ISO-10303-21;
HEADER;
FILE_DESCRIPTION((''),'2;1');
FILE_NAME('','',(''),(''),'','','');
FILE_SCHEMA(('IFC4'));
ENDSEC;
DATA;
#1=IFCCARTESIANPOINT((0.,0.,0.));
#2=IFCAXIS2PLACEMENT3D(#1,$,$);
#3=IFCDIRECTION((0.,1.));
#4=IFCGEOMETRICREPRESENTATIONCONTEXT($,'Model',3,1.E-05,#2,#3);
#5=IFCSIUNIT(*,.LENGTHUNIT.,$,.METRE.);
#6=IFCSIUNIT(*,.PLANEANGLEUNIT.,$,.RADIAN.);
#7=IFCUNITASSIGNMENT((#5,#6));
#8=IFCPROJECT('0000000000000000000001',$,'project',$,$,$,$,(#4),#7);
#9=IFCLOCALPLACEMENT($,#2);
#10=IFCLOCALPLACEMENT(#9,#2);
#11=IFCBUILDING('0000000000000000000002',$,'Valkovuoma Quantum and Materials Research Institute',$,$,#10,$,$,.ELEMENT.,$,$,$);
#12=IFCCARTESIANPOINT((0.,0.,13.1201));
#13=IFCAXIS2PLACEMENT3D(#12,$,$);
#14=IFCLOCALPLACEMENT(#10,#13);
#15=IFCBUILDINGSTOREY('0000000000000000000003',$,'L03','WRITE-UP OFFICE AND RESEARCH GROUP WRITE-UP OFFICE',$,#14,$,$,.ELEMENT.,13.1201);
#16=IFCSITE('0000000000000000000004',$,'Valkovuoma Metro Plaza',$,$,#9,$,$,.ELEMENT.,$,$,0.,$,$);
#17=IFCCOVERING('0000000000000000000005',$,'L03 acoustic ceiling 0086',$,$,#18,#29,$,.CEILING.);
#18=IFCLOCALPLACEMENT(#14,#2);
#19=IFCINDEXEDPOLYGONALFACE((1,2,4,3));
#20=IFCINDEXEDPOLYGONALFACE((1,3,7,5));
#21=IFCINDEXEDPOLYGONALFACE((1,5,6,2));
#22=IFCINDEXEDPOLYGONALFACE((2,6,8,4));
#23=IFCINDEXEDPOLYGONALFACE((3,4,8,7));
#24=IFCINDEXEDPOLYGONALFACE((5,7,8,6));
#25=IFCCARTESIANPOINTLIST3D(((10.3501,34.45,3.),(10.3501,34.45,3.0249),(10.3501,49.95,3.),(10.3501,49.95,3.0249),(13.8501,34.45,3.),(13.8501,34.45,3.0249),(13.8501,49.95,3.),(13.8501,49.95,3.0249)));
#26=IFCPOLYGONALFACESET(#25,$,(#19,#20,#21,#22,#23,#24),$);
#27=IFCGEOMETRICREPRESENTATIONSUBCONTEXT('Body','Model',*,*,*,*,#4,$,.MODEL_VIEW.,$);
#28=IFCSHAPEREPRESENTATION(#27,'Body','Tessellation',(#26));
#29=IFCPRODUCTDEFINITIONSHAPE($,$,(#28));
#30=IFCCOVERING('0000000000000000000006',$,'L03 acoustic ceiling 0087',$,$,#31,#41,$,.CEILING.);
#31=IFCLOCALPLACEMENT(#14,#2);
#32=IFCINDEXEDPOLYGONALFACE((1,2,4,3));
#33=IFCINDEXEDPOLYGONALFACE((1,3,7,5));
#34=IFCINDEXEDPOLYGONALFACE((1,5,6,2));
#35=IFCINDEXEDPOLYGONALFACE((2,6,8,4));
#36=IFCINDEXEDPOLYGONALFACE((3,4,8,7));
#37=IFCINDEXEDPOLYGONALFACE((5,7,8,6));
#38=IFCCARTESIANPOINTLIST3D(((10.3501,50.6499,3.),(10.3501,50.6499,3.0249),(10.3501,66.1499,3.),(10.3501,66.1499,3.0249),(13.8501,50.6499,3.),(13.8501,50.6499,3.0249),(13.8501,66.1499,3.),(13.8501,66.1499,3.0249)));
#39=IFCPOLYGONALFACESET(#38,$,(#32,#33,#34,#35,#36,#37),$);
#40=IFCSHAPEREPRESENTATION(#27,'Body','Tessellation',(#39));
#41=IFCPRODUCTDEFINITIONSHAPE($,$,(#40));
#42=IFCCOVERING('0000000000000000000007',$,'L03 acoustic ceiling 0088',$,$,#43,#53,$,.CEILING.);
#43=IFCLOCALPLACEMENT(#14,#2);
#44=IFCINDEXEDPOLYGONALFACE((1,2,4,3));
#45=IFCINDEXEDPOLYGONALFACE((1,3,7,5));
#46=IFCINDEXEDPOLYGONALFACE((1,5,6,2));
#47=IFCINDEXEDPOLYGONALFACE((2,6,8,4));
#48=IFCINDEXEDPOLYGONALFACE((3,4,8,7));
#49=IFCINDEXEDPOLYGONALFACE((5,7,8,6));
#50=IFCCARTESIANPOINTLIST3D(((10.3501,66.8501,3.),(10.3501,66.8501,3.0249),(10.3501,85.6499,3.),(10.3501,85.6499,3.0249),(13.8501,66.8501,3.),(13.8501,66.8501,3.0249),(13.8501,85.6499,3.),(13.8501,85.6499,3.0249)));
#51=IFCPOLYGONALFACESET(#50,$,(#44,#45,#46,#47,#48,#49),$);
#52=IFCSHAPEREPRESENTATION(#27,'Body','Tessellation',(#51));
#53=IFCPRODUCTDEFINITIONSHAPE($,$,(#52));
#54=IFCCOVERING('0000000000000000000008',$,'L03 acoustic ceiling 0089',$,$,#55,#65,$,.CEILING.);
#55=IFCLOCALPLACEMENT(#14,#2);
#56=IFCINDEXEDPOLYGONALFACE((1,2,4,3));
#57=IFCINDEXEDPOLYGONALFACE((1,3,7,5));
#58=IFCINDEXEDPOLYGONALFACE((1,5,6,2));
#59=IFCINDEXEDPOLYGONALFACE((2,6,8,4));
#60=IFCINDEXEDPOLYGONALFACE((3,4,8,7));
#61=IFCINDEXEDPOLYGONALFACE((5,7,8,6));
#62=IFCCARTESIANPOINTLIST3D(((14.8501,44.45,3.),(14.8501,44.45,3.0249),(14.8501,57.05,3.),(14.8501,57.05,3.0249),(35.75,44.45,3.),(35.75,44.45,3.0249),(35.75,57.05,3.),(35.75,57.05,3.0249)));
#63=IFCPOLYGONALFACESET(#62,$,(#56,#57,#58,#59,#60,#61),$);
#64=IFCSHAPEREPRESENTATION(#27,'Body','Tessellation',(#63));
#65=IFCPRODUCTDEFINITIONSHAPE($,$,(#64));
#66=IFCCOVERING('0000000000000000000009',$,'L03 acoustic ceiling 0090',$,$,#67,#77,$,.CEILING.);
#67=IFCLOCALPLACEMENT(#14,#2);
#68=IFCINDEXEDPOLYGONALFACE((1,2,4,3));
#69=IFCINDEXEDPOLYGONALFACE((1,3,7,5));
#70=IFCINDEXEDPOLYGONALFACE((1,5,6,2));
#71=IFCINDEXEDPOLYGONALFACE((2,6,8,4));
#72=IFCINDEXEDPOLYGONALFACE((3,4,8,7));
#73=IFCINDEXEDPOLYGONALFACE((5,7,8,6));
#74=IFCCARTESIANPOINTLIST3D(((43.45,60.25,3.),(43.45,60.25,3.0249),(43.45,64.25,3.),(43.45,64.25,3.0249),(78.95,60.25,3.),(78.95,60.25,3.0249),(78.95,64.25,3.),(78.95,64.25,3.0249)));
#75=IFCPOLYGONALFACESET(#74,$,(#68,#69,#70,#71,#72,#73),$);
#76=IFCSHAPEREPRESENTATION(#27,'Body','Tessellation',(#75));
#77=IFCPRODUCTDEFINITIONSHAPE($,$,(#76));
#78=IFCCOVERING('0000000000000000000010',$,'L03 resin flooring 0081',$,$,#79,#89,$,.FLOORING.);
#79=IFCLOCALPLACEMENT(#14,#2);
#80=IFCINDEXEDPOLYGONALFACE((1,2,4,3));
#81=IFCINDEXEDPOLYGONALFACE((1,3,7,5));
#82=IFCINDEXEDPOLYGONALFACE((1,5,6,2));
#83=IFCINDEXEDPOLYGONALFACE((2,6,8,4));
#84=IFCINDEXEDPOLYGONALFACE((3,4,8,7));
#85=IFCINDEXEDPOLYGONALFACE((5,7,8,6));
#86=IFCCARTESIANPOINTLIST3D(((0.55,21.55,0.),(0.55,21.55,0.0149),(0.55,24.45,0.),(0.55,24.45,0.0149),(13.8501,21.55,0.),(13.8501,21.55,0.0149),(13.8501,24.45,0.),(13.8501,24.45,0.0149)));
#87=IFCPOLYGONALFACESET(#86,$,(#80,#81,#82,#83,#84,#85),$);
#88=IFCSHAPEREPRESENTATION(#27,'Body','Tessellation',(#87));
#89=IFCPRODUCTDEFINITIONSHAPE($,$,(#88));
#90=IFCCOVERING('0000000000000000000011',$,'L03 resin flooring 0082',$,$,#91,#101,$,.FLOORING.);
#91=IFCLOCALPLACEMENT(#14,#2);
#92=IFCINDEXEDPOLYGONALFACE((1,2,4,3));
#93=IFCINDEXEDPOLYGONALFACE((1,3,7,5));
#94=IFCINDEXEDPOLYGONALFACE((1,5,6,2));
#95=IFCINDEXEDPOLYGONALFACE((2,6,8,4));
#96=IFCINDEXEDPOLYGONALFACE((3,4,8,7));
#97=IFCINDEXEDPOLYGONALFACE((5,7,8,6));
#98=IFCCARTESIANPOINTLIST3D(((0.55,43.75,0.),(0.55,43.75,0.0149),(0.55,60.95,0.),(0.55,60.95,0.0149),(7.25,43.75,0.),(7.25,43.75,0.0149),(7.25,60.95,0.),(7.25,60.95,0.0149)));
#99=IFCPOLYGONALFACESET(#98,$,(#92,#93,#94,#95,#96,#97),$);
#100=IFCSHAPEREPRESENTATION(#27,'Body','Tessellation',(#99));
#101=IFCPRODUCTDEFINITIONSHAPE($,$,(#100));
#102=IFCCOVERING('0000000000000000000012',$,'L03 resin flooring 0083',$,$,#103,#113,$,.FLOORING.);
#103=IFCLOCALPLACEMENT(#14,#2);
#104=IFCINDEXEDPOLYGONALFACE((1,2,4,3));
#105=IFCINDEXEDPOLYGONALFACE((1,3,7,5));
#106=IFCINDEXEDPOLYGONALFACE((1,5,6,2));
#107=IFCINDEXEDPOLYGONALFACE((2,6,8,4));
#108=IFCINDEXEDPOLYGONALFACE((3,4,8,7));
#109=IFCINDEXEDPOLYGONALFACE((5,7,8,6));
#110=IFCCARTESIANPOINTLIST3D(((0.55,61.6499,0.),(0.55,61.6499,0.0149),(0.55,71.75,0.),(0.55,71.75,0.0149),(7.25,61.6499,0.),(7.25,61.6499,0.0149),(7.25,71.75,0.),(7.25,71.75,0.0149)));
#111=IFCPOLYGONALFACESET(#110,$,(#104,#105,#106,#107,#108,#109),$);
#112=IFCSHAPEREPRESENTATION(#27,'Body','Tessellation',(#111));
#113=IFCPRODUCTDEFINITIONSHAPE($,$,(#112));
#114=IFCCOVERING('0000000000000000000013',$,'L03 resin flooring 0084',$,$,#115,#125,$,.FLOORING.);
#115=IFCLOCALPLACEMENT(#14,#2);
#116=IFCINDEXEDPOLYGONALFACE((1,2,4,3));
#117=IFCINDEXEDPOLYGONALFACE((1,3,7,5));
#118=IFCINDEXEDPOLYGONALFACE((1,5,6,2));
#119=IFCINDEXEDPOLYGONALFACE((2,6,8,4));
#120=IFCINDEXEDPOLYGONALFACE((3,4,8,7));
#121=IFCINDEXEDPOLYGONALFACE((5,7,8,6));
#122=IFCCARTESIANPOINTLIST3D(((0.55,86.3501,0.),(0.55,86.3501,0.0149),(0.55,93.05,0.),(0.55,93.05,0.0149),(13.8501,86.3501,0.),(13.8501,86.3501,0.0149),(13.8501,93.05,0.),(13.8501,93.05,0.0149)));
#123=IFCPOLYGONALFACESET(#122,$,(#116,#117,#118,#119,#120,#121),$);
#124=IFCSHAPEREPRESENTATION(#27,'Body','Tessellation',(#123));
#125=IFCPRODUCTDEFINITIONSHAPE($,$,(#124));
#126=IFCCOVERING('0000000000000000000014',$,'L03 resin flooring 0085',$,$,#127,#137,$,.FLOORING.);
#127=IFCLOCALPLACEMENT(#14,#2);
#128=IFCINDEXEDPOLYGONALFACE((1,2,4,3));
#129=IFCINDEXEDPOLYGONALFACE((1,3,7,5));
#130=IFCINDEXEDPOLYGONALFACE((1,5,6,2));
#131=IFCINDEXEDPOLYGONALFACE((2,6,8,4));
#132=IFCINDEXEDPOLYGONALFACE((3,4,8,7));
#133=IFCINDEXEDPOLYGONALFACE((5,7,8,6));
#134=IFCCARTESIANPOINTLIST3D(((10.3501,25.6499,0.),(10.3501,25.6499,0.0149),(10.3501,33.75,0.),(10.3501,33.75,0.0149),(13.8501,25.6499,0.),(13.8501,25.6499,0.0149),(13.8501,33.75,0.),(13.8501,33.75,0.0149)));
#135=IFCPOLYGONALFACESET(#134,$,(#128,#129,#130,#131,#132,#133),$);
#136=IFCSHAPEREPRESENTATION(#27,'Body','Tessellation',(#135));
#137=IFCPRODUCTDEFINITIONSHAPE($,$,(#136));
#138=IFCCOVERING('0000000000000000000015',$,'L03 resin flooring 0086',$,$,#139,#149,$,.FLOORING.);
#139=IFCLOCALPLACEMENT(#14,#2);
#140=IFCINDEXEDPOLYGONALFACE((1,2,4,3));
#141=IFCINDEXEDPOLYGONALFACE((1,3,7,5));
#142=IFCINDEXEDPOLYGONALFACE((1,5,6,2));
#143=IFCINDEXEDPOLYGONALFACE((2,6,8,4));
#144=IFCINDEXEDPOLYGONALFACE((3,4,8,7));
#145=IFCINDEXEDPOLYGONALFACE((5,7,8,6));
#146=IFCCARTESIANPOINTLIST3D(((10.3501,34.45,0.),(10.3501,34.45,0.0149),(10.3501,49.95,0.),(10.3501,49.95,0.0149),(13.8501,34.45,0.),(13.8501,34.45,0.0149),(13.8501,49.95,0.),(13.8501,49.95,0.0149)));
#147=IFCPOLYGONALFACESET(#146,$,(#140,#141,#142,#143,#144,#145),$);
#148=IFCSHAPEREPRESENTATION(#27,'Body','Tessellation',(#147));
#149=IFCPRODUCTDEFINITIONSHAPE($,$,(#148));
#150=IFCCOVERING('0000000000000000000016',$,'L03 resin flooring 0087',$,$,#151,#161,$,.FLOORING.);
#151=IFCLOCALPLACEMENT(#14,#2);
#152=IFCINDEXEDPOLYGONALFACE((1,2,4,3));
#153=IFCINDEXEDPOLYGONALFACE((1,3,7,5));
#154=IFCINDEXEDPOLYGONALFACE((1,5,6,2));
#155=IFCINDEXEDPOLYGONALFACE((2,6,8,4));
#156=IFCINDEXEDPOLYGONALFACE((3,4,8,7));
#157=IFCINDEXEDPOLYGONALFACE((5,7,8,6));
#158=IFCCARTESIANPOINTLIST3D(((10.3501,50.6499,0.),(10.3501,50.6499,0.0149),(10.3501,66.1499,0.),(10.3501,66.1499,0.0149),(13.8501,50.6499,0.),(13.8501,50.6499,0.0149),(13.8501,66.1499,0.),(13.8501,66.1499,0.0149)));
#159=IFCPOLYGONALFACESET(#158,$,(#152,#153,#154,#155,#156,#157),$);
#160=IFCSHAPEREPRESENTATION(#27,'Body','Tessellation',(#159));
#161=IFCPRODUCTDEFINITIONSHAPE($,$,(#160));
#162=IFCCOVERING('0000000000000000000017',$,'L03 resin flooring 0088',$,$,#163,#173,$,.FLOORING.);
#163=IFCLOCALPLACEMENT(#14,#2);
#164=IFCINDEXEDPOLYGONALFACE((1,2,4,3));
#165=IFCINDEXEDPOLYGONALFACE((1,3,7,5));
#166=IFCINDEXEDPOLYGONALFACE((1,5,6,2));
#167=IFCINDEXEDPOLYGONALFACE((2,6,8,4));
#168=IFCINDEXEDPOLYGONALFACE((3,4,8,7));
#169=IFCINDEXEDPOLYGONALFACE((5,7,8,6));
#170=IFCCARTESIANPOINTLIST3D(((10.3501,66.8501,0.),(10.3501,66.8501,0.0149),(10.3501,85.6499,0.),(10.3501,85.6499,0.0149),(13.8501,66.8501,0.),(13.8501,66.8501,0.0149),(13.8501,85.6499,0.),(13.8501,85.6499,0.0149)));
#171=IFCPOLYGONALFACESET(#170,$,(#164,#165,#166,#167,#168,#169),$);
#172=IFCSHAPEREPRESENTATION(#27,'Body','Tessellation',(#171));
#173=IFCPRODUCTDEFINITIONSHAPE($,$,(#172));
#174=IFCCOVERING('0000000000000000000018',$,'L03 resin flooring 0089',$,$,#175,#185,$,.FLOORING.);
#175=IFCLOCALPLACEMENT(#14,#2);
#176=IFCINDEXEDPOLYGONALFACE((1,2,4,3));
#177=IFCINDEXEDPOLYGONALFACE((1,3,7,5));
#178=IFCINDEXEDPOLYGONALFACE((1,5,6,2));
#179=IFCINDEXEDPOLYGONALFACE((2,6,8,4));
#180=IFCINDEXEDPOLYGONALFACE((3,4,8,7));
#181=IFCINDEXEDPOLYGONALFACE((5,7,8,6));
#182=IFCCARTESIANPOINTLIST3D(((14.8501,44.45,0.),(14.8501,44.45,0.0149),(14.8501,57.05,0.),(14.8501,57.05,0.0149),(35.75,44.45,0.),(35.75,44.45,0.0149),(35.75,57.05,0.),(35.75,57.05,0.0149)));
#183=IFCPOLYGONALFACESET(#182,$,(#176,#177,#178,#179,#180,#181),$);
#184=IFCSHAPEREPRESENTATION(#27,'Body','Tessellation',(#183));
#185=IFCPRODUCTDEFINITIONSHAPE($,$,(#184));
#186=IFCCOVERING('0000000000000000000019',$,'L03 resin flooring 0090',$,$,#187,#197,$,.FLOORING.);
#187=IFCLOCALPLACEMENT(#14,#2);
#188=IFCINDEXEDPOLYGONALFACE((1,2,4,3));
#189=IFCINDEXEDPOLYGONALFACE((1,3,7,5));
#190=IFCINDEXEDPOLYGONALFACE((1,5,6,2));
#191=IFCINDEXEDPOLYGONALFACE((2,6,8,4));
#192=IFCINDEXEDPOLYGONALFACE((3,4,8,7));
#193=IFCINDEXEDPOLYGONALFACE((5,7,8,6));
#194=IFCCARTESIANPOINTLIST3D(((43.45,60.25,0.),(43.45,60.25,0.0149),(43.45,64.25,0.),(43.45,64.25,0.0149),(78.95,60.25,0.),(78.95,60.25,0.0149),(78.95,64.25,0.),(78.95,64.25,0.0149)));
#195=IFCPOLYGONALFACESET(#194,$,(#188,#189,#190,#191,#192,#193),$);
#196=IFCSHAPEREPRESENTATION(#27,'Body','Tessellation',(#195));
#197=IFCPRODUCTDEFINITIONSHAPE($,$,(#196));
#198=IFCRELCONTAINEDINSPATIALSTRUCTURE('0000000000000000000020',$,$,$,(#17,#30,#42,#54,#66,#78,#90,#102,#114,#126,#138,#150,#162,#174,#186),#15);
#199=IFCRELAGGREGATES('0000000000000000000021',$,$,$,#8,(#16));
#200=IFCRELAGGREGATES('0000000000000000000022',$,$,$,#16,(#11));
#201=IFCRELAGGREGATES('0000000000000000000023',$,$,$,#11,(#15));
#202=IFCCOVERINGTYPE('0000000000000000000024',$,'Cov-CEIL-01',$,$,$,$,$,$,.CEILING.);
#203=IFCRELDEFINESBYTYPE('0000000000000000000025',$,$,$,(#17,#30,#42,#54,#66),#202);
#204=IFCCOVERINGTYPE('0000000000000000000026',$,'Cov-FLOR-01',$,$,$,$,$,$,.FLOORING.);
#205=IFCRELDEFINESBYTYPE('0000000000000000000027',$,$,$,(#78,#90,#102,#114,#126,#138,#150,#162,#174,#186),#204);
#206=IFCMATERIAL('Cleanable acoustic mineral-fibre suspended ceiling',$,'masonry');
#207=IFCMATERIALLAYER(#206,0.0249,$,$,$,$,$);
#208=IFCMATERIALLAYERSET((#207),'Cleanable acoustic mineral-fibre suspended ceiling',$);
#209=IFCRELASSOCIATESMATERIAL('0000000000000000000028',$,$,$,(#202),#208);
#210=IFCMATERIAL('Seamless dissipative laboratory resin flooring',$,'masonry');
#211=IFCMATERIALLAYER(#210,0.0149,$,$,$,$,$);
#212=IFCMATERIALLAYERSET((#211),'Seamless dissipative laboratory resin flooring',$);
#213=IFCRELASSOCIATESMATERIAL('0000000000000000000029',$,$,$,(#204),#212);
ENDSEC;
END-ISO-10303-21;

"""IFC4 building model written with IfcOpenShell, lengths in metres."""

from ifc_helpers import new_model, si_unit, direction, frame, origin, place, context, subcontext, project, spatial, polyline, outline, extrude, material, layer, layer_set, type_object, element, save


model = new_model("IFC4")

# Units and contexts
model_context = context("Model", 3, precision=1e-05, world=origin(), true_north=direction((0.0, 1.0)))
body_context = subcontext(model_context, "Body", "Model", "MODEL_VIEW")
ifc_project = project(units=[si_unit("LENGTHUNIT", "METRE"), si_unit("PLANEANGLEUNIT", "RADIAN")], contexts=[model_context])

# Site, building, storey
site_placement = place(None, origin())
site = spatial("IfcSite", under=ifc_project, at=site_placement, Name="Valkovuoma Metro Plaza", CompositionType="ELEMENT", RefElevation=0.0)
building_placement = place(site_placement, origin())
building = spatial("IfcBuilding", under=site, at=building_placement, Name="Valkovuoma Quantum and Materials Research Institute", CompositionType="ELEMENT")
storey_placement = place(building_placement, frame((0.0, 0.0, 13.1201)))
storey = spatial("IfcBuildingStorey", under=building, at=storey_placement, Name="L03", Description="WRITE-UP OFFICE AND RESEARCH GROUP WRITE-UP OFFICE", CompositionType="ELEMENT", Elevation=13.1201)

# Coverings
ifc_material_1 = material(Name="Cleanable acoustic mineral-fibre suspended ceiling", Category="masonry")
ifc_layer_1 = layer(ifc_material_1, 0.0249)
ifc_layer_set_1 = layer_set([ifc_layer_1], Name="Cleanable acoustic mineral-fibre suspended ceiling")
covering_type_1 = type_object("IfcCoveringType", Name="Cov-CEIL-01", PredefinedType="CEILING", material=ifc_layer_set_1)
covering_1_placement = place(storey_placement, frame((0.0, 0.0, 3.0)))
element("IfcCovering", 1, at=covering_1_placement, inside=storey, type_object=covering_type_1, Name="L03 acoustic ceiling 0086", PredefinedType="CEILING", context=body_context, shape_type="SweptSolid", body=[
    extrude(outline(polyline([(10.3501, 34.45), (13.8501, 34.45), (13.8501, 49.95), (10.3501, 49.95), (10.3501, 34.45)])), origin(), (0.0, 0.0, 1.0), 0.0249),
])
covering_2_placement = place(storey_placement, frame((0.0, 0.0, 3.0)))
element("IfcCovering", 2, at=covering_2_placement, inside=storey, type_object=covering_type_1, Name="L03 acoustic ceiling 0087", PredefinedType="CEILING", context=body_context, shape_type="SweptSolid", body=[
    extrude(outline(polyline([(10.3501, 50.6499), (13.8501, 50.6499), (13.8501, 66.1499), (10.3501, 66.1499), (10.3501, 50.6499)])), origin(), (0.0, 0.0, 1.0), 0.0249),
])
covering_3_placement = place(storey_placement, frame((0.0, 0.0, 3.0)))
element("IfcCovering", 3, at=covering_3_placement, inside=storey, type_object=covering_type_1, Name="L03 acoustic ceiling 0088", PredefinedType="CEILING", context=body_context, shape_type="SweptSolid", body=[
    extrude(outline(polyline([(10.3501, 66.8501), (13.8501, 66.8501), (13.8501, 85.6499), (10.3501, 85.6499), (10.3501, 66.8501)])), origin(), (0.0, 0.0, 1.0), 0.0249),
])
covering_4_placement = place(storey_placement, frame((0.0, 0.0, 3.0)))
element("IfcCovering", 4, at=covering_4_placement, inside=storey, type_object=covering_type_1, Name="L03 acoustic ceiling 0089", PredefinedType="CEILING", context=body_context, shape_type="SweptSolid", body=[
    extrude(outline(polyline([(14.8501, 44.45), (35.75, 44.45), (35.75, 57.05), (14.8501, 57.05), (14.8501, 44.45)])), origin(), (0.0, 0.0, 1.0), 0.0249),
])
covering_5_placement = place(storey_placement, frame((0.0, 0.0, 3.0)))
element("IfcCovering", 5, at=covering_5_placement, inside=storey, type_object=covering_type_1, Name="L03 acoustic ceiling 0090", PredefinedType="CEILING", context=body_context, shape_type="SweptSolid", body=[
    extrude(outline(polyline([(43.45, 60.25), (78.95, 60.25), (78.95, 64.25), (43.45, 64.25), (43.45, 60.25)])), origin(), (0.0, 0.0, 1.0), 0.0249),
])
ifc_material_2 = material(Name="Seamless dissipative laboratory resin flooring", Category="masonry")
ifc_layer_2 = layer(ifc_material_2, 0.0149)
ifc_layer_set_2 = layer_set([ifc_layer_2], Name="Seamless dissipative laboratory resin flooring")
covering_type_2 = type_object("IfcCoveringType", Name="Cov-FLOR-01", PredefinedType="FLOORING", material=ifc_layer_set_2)
covering_6_placement = place(storey_placement, origin())
element("IfcCovering", 6, at=covering_6_placement, inside=storey, type_object=covering_type_2, Name="L03 resin flooring 0081", PredefinedType="FLOORING", context=body_context, shape_type="SweptSolid", body=[
    extrude(outline(polyline([(0.55, 21.55), (13.8501, 21.55), (13.8501, 24.45), (0.55, 24.45), (0.55, 21.55)])), origin(), (0.0, 0.0, 1.0), 0.0149),
])
covering_7_placement = place(storey_placement, origin())
element("IfcCovering", 7, at=covering_7_placement, inside=storey, type_object=covering_type_2, Name="L03 resin flooring 0082", PredefinedType="FLOORING", context=body_context, shape_type="SweptSolid", body=[
    extrude(outline(polyline([(0.55, 43.75), (7.25, 43.75), (7.25, 60.95), (0.55, 60.95), (0.55, 43.75)])), origin(), (0.0, 0.0, 1.0), 0.0149),
])
covering_8_placement = place(storey_placement, origin())
element("IfcCovering", 8, at=covering_8_placement, inside=storey, type_object=covering_type_2, Name="L03 resin flooring 0083", PredefinedType="FLOORING", context=body_context, shape_type="SweptSolid", body=[
    extrude(outline(polyline([(0.55, 61.6499), (7.25, 61.6499), (7.25, 71.75), (0.55, 71.75), (0.55, 61.6499)])), origin(), (0.0, 0.0, 1.0), 0.0149),
])
covering_9_placement = place(storey_placement, origin())
element("IfcCovering", 9, at=covering_9_placement, inside=storey, type_object=covering_type_2, Name="L03 resin flooring 0084", PredefinedType="FLOORING", context=body_context, shape_type="SweptSolid", body=[
    extrude(outline(polyline([(0.55, 86.3501), (13.8501, 86.3501), (13.8501, 93.05), (0.55, 93.05), (0.55, 86.3501)])), origin(), (0.0, 0.0, 1.0), 0.0149),
])
covering_10_placement = place(storey_placement, origin())
element("IfcCovering", 10, at=covering_10_placement, inside=storey, type_object=covering_type_2, Name="L03 resin flooring 0085", PredefinedType="FLOORING", context=body_context, shape_type="SweptSolid", body=[
    extrude(outline(polyline([(10.3501, 25.6499), (13.8501, 25.6499), (13.8501, 33.75), (10.3501, 33.75), (10.3501, 25.6499)])), origin(), (0.0, 0.0, 1.0), 0.0149),
])
covering_11_placement = place(storey_placement, origin())
element("IfcCovering", 11, at=covering_11_placement, inside=storey, type_object=covering_type_2, Name="L03 resin flooring 0086", PredefinedType="FLOORING", context=body_context, shape_type="SweptSolid", body=[
    extrude(outline(polyline([(10.3501, 34.45), (13.8501, 34.45), (13.8501, 49.95), (10.3501, 49.95), (10.3501, 34.45)])), origin(), (0.0, 0.0, 1.0), 0.0149),
])
covering_12_placement = place(storey_placement, origin())
element("IfcCovering", 12, at=covering_12_placement, inside=storey, type_object=covering_type_2, Name="L03 resin flooring 0087", PredefinedType="FLOORING", context=body_context, shape_type="SweptSolid", body=[
    extrude(outline(polyline([(10.3501, 50.6499), (13.8501, 50.6499), (13.8501, 66.1499), (10.3501, 66.1499), (10.3501, 50.6499)])), origin(), (0.0, 0.0, 1.0), 0.0149),
])
covering_13_placement = place(storey_placement, origin())
element("IfcCovering", 13, at=covering_13_placement, inside=storey, type_object=covering_type_2, Name="L03 resin flooring 0088", PredefinedType="FLOORING", context=body_context, shape_type="SweptSolid", body=[
    extrude(outline(polyline([(10.3501, 66.8501), (13.8501, 66.8501), (13.8501, 85.6499), (10.3501, 85.6499), (10.3501, 66.8501)])), origin(), (0.0, 0.0, 1.0), 0.0149),
])
covering_14_placement = place(storey_placement, origin())
element("IfcCovering", 14, at=covering_14_placement, inside=storey, type_object=covering_type_2, Name="L03 resin flooring 0089", PredefinedType="FLOORING", context=body_context, shape_type="SweptSolid", body=[
    extrude(outline(polyline([(14.8501, 44.45), (35.75, 44.45), (35.75, 57.05), (14.8501, 57.05), (14.8501, 44.45)])), origin(), (0.0, 0.0, 1.0), 0.0149),
])
covering_15_placement = place(storey_placement, origin())
element("IfcCovering", 15, at=covering_15_placement, inside=storey, type_object=covering_type_2, Name="L03 resin flooring 0090", PredefinedType="FLOORING", context=body_context, shape_type="SweptSolid", body=[
    extrude(outline(polyline([(43.45, 60.25), (78.95, 60.25), (78.95, 64.25), (43.45, 64.25), (43.45, 60.25)])), origin(), (0.0, 0.0, 1.0), 0.0149),
])

save(model, "model.ifc")
